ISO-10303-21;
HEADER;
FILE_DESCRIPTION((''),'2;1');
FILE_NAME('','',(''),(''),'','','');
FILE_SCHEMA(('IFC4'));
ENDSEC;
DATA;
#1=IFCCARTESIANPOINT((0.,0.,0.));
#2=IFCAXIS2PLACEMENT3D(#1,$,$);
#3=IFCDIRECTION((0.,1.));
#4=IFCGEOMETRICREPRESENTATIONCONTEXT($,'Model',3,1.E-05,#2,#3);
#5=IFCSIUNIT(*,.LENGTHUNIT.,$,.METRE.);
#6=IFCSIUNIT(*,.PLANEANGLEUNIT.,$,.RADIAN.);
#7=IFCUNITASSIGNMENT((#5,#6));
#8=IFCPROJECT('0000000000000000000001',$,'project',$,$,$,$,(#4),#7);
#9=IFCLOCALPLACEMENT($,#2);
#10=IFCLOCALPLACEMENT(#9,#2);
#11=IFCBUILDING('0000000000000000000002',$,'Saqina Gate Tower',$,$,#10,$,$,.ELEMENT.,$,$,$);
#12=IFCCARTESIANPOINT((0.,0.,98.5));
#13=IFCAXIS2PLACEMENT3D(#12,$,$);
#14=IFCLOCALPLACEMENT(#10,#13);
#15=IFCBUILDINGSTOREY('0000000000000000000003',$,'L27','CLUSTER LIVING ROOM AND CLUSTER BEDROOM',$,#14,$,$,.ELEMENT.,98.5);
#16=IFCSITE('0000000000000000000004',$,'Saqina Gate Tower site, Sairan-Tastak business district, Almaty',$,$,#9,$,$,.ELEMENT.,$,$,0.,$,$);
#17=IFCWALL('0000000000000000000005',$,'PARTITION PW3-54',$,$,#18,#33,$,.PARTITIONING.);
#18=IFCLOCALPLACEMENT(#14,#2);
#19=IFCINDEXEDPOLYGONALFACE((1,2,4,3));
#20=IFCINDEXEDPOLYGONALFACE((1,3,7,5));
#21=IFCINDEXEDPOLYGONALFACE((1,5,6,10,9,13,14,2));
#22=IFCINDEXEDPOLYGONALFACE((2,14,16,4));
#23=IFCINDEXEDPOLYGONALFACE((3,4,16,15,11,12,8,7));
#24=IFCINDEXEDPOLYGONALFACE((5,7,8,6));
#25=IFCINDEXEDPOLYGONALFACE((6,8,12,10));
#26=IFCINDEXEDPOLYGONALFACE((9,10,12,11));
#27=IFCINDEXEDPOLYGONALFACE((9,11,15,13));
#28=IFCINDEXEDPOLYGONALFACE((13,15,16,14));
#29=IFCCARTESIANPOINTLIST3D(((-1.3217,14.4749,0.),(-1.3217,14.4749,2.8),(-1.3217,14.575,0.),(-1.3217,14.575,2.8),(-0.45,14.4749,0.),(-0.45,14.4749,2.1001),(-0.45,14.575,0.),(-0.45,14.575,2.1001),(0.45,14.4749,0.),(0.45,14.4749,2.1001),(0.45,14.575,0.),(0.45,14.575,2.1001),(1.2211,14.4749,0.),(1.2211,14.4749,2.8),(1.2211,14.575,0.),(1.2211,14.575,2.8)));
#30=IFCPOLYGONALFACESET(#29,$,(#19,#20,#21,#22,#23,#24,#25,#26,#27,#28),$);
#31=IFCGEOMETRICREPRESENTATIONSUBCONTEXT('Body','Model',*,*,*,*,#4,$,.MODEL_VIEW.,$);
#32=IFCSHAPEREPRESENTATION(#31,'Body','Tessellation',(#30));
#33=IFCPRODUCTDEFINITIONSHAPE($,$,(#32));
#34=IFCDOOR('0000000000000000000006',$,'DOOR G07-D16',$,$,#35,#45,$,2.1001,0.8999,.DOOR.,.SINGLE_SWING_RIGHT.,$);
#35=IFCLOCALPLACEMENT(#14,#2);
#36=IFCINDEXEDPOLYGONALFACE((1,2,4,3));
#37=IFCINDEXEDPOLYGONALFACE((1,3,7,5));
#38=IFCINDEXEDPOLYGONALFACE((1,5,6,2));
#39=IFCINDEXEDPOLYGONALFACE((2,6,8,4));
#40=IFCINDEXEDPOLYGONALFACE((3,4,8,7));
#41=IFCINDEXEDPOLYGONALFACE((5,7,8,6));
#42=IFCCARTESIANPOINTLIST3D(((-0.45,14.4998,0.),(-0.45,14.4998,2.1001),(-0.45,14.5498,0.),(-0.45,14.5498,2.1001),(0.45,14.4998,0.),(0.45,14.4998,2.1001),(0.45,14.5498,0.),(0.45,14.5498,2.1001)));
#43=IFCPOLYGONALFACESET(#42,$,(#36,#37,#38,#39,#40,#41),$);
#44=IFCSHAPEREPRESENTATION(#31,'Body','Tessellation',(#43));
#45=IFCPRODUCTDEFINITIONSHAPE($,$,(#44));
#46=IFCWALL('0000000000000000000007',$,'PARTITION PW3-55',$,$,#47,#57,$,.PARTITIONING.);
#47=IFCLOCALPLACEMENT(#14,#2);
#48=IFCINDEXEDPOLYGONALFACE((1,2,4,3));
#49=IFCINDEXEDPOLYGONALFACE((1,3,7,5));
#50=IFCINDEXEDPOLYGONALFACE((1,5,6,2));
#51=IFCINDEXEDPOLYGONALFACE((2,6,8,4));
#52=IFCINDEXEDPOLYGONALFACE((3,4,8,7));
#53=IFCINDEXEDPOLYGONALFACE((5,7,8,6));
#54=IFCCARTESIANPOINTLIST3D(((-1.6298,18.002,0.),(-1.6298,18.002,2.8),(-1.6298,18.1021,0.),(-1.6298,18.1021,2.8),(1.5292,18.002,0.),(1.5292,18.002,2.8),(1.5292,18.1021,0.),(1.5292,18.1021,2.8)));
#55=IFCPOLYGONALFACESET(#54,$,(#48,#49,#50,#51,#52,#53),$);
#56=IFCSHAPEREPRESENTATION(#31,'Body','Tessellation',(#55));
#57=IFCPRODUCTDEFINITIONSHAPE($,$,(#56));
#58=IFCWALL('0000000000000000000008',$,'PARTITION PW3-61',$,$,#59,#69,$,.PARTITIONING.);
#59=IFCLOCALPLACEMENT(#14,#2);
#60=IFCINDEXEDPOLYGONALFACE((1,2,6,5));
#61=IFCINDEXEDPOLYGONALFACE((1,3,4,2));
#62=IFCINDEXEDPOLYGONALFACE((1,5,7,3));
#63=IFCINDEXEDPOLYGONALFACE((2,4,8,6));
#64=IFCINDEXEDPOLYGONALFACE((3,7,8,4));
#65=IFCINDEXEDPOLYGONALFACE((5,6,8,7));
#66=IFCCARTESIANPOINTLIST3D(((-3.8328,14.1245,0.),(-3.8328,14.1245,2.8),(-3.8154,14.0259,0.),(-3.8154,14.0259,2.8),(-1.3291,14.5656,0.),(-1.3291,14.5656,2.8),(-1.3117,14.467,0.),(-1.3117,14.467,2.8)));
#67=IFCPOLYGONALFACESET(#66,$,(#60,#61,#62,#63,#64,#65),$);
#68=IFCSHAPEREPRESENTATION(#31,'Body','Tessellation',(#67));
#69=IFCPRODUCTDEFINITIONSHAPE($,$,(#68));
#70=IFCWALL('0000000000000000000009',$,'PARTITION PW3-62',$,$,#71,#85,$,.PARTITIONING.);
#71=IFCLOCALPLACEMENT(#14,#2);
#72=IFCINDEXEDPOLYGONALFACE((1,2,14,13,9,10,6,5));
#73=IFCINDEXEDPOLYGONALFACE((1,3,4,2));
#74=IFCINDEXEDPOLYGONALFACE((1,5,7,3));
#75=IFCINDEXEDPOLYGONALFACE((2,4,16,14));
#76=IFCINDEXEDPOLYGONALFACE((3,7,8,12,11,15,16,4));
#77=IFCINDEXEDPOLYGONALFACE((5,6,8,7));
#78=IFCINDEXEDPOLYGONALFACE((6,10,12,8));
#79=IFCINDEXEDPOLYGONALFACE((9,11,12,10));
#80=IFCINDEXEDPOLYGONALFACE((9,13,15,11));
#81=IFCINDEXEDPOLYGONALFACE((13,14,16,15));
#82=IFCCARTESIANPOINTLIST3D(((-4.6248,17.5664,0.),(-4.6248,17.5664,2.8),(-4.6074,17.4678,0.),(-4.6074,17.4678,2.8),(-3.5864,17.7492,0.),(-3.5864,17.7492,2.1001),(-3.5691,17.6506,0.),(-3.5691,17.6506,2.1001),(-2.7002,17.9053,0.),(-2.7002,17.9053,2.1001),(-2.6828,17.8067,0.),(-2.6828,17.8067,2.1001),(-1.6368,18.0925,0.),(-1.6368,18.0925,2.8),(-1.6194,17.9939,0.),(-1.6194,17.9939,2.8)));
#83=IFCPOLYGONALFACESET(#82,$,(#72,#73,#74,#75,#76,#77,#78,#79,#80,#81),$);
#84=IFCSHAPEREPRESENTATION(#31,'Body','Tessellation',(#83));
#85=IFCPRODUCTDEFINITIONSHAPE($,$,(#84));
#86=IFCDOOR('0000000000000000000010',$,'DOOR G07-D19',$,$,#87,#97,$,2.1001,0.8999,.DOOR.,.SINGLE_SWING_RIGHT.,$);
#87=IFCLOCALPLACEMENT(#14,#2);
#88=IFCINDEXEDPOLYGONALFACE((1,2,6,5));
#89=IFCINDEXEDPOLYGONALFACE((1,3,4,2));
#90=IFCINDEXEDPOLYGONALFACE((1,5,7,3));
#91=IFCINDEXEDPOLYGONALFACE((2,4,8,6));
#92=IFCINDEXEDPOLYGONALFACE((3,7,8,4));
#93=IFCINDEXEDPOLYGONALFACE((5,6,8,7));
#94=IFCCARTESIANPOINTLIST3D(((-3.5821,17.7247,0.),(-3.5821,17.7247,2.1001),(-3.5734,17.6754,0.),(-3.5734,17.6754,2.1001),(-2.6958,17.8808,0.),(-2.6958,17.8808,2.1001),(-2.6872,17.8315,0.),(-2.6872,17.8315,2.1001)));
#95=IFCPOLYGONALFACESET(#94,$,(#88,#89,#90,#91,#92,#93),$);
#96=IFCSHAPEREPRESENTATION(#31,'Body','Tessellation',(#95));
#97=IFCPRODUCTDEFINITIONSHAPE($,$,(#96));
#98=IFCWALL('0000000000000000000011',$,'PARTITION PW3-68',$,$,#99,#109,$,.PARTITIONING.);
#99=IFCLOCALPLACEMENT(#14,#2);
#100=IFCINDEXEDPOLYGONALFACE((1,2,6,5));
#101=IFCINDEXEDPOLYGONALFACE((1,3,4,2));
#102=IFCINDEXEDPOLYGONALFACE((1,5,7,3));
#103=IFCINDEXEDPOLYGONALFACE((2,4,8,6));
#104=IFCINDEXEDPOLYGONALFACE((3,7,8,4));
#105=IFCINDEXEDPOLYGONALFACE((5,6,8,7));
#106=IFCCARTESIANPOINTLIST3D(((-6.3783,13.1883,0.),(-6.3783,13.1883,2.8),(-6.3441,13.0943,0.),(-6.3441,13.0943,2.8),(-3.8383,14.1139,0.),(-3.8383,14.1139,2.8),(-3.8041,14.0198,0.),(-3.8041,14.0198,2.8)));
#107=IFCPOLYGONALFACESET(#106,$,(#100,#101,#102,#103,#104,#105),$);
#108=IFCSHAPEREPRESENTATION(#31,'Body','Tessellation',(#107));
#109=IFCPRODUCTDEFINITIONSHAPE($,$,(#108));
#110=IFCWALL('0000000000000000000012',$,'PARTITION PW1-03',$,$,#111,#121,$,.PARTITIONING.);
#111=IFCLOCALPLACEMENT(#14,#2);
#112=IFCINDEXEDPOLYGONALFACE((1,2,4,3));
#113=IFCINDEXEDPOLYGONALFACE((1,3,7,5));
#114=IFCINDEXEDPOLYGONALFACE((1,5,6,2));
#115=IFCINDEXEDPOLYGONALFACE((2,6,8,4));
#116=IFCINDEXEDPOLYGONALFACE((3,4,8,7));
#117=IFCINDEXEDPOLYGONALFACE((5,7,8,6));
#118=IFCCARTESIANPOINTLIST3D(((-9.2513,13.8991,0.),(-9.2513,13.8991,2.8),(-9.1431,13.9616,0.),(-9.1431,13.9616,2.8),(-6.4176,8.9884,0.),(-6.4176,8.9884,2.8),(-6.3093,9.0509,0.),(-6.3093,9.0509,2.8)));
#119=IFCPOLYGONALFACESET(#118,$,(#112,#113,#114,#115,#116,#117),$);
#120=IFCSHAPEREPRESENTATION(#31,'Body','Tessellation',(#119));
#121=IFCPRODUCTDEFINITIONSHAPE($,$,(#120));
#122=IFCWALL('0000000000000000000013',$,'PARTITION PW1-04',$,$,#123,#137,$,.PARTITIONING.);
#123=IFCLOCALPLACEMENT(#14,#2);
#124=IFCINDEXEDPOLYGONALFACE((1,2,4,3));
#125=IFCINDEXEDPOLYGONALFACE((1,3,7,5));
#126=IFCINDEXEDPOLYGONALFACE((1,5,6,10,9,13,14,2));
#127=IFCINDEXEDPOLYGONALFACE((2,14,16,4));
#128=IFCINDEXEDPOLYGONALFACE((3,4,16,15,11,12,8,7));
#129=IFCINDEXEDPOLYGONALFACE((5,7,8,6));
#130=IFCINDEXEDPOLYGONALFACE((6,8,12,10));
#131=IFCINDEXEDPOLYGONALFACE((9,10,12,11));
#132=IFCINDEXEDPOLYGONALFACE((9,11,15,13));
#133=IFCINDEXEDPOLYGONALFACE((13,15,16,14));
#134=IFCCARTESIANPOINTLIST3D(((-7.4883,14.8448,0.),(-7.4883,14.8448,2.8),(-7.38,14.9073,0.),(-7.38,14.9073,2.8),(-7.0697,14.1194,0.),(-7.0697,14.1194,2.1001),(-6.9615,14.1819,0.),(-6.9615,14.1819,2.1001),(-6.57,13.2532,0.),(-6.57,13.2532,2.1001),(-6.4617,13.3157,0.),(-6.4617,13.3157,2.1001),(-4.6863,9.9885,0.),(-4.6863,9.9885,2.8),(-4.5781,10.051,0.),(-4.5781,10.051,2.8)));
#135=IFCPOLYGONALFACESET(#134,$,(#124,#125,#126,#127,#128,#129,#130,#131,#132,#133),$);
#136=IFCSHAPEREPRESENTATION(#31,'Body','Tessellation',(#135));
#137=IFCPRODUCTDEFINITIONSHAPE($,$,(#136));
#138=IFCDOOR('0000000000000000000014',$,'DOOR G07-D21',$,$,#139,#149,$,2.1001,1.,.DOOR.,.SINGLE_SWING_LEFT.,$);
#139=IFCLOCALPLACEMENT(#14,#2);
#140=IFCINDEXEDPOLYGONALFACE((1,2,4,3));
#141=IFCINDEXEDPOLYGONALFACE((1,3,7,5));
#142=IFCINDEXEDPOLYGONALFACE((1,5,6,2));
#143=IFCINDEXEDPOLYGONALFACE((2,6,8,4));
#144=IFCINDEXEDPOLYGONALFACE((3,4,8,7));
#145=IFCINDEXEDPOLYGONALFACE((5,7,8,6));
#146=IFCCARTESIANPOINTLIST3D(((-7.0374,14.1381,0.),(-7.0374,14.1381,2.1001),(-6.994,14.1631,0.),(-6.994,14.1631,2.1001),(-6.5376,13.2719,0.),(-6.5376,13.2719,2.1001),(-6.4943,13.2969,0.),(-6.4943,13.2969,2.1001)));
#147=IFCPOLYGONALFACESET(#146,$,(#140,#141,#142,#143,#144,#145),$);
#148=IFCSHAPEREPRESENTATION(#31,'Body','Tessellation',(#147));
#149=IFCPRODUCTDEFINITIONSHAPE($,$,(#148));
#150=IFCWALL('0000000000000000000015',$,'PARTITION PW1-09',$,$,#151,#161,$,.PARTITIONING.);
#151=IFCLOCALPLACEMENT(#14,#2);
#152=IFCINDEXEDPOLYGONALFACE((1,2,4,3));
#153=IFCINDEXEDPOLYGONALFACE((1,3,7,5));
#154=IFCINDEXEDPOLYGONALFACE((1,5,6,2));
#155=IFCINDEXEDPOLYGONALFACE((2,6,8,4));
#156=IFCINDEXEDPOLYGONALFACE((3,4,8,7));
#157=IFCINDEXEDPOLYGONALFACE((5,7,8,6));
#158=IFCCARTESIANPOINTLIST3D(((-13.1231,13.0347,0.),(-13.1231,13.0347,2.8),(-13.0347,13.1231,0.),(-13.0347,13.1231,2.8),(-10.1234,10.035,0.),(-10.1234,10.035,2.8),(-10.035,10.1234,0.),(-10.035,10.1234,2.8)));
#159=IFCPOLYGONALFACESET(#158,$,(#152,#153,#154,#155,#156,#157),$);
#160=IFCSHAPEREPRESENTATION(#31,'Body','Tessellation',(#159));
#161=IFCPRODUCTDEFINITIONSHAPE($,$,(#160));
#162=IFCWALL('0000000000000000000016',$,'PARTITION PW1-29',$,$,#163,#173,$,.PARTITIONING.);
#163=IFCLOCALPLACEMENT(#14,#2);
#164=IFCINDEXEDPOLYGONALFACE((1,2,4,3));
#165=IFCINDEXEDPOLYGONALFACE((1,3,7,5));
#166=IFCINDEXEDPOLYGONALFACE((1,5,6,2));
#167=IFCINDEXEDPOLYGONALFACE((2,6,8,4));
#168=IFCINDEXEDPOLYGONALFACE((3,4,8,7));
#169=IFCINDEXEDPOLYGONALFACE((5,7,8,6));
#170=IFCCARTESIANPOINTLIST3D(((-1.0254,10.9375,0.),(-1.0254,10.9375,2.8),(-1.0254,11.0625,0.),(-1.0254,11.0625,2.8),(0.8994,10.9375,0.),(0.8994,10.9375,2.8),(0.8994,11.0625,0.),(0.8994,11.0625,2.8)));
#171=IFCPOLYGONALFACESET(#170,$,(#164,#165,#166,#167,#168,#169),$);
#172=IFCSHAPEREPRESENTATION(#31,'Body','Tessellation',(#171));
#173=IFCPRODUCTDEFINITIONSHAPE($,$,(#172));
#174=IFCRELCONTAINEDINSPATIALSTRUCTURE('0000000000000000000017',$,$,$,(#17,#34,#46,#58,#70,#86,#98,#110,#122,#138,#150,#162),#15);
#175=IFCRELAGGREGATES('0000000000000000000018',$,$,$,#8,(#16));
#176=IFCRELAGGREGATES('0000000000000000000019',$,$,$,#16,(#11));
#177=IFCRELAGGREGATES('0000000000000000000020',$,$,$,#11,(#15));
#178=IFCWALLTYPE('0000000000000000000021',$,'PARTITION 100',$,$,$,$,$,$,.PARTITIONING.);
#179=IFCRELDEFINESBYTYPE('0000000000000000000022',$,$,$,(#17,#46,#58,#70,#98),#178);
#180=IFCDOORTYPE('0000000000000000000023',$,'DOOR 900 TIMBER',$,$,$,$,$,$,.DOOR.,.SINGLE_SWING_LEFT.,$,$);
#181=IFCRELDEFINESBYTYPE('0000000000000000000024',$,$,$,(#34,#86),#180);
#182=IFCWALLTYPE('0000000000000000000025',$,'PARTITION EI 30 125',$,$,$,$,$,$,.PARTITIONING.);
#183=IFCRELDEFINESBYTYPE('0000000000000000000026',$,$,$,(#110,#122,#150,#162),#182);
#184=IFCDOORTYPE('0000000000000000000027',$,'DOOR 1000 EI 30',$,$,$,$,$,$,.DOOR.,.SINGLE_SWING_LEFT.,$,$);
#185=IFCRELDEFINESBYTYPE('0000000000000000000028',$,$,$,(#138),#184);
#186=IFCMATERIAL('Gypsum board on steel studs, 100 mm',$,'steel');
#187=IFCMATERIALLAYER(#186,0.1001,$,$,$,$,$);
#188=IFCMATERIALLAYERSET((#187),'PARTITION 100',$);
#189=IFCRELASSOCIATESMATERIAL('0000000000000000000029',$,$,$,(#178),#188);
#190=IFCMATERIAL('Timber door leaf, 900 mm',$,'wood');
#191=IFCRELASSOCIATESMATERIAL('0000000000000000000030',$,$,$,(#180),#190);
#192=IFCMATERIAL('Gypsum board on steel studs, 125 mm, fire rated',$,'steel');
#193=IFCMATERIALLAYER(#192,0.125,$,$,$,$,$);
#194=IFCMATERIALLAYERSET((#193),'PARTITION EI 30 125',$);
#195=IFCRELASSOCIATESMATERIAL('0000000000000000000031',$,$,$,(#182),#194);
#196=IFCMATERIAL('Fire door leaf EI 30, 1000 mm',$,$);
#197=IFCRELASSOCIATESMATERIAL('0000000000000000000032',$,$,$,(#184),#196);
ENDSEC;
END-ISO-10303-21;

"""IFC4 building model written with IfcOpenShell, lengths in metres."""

from ifc_helpers import new_model, si_unit, direction, frame, frame_2d, origin, place, context, subcontext, project, spatial, rectangle, extrude, material, layer, layer_set, type_object, element, fill, save


model = new_model("IFC4")

# Units and contexts
model_context = context("Model", 3, precision=1e-05, world=origin(), true_north=direction((0.0, 1.0)))
body_context = subcontext(model_context, "Body", "Model", "MODEL_VIEW")
ifc_project = project(units=[si_unit("LENGTHUNIT", "METRE"), si_unit("PLANEANGLEUNIT", "RADIAN")], contexts=[model_context])

# Site, building, storey
site_placement = place(None, origin())
site = spatial("IfcSite", under=ifc_project, at=site_placement, Name="Saqina Gate Tower site, Sairan-Tastak business district, Almaty", CompositionType="ELEMENT", RefElevation=0.0)
building_placement = place(site_placement, origin())
building = spatial("IfcBuilding", under=site, at=building_placement, Name="Saqina Gate Tower", CompositionType="ELEMENT")
storey_placement = place(building_placement, frame((0.0, 0.0, 98.5)))
storey = spatial("IfcBuildingStorey", under=building, at=storey_placement, Name="L27", Description="CLUSTER LIVING ROOM AND CLUSTER BEDROOM", CompositionType="ELEMENT", Elevation=98.5)

# Wall, opening, door
ifc_material_1 = material(Name="Gypsum board on steel studs, 100 mm", Category="steel")
ifc_layer_1 = layer(ifc_material_1, 0.1001)
ifc_layer_set_1 = layer_set([ifc_layer_1], Name="PARTITION 100")
wall_type_1 = type_object("IfcWallType", Name="PARTITION 100", PredefinedType="PARTITIONING", material=ifc_layer_set_1)
wall_1_placement = place(storey_placement, frame((-1.3218, 14.5249, 0.0), z_axis=(0.0, 0.0, 1.0), x_axis=(1.0, 0.0, 0.0)))
wall_1 = element("IfcWall", 1, at=wall_1_placement, inside=storey, type_object=wall_type_1, Name="PARTITION PW3-54", PredefinedType="PARTITIONING", context=body_context, shape_type="SweptSolid", body=[
    extrude(rectangle(XDim=2.5427, YDim=0.1001, at=frame_2d((1.2715, 0.0))), origin(), (0.0, 0.0, 1.0), 2.8),
])
opening_1_placement = place(wall_1_placement, frame((0.8718, 0.0, 0.0)))
opening_1 = element("IfcOpeningElement", 2, at=opening_1_placement, cuts=wall_1, PredefinedType="OPENING", context=body_context, shape_type="SweptSolid", body=[
    extrude(rectangle(XDim=0.8999, YDim=2.1001, at=frame_2d((0.45, 1.05))), frame((0.0, 0.062, 0.0), z_axis=(0.0, -1.0, 0.0), x_axis=(1.0, 0.0, 0.0)), (0.0, 0.0, 1.0), 0.124),
])
ifc_material_2 = material(Name="Timber door leaf, 900 mm", Category="wood")
door_type_1 = type_object("IfcDoorType", Name="DOOR 900 TIMBER", OperationType="SINGLE_SWING_LEFT", PredefinedType="DOOR", material=ifc_material_2)
door_1_placement = place(opening_1_placement, origin())
door_1 = element("IfcDoor", 3, at=door_1_placement, inside=storey, type_object=door_type_1, Name="DOOR G07-D16", OperationType="SINGLE_SWING_RIGHT", OverallHeight=2.1001, OverallWidth=0.8999, PredefinedType="DOOR", context=body_context, shape_type="SweptSolid", body=[
    extrude(rectangle(XDim=0.8999, YDim=2.1001, at=frame_2d((0.45, 1.05))), frame((0.0, 0.0249, 0.0), z_axis=(0.0, -1.0, 0.0), x_axis=(1.0, 0.0, 0.0)), (0.0, 0.0, 1.0), 0.05),
])
fill(opening_1, door_1)

# Walls
wall_2_placement = place(storey_placement, frame((-1.6299, 18.052, 0.0), z_axis=(0.0, 0.0, 1.0), x_axis=(1.0, 0.0, 0.0)))
element("IfcWall", 4, at=wall_2_placement, inside=storey, type_object=wall_type_1, Name="PARTITION PW3-55", PredefinedType="PARTITIONING", context=body_context, shape_type="SweptSolid", body=[
    extrude(rectangle(XDim=3.1589, YDim=0.1001, at=frame_2d((1.5796, 0.0))), origin(), (0.0, 0.0, 1.0), 2.8),
])
wall_3_placement = place(storey_placement, frame((-3.824, 14.0752, 0.0), z_axis=(0.0, 0.0, 1.0), x_axis=(0.984828, 0.173533, 0.0)))
element("IfcWall", 5, at=wall_3_placement, inside=storey, type_object=wall_type_1, Name="PARTITION PW3-61", PredefinedType="PARTITIONING", context=body_context, shape_type="SweptSolid", body=[
    extrude(rectangle(XDim=2.5422, YDim=0.1001, at=frame_2d((1.271, 0.0))), origin(), (0.0, 0.0, 1.0), 2.8),
])

# Wall, opening, door
wall_4_placement = place(storey_placement, frame((-4.6162, 17.5171, 0.0), z_axis=(0.0, 0.0, 1.0), x_axis=(0.98485, 0.173409, 0.0)))
wall_4 = element("IfcWall", 6, at=wall_4_placement, inside=storey, type_object=wall_type_1, Name="PARTITION PW3-62", PredefinedType="PARTITIONING", context=body_context, shape_type="SweptSolid", body=[
    extrude(rectangle(XDim=3.0339, YDim=0.1001, at=frame_2d((1.5171, 0.0))), origin(), (0.0, 0.0, 1.0), 2.8),
])
opening_2_placement = place(wall_4_placement, frame((1.0544, 0.0, 0.0)))
opening_2 = element("IfcOpeningElement", 7, at=opening_2_placement, cuts=wall_4, PredefinedType="OPENING", context=body_context, shape_type="SweptSolid", body=[
    extrude(rectangle(XDim=0.8999, YDim=2.1001, at=frame_2d((0.45, 1.05))), frame((0.0, 0.062, 0.0), z_axis=(0.0, -1.0, 0.0), x_axis=(1.0, 0.0, 0.0)), (0.0, 0.0, 1.0), 0.124),
])
door_2_placement = place(opening_2_placement, frame((0.8999, 0.0, 0.0), z_axis=(0.0, 0.0, 1.0), x_axis=(-1.0, 0.0, 0.0)))
door_2 = element("IfcDoor", 8, at=door_2_placement, inside=storey, type_object=door_type_1, Name="DOOR G07-D19", OperationType="SINGLE_SWING_RIGHT", OverallHeight=2.1001, OverallWidth=0.8999, PredefinedType="DOOR", context=body_context, shape_type="SweptSolid", body=[
    extrude(rectangle(XDim=0.8999, YDim=2.1001, at=frame_2d((0.45, 1.05))), frame((0.0, 0.0249, 0.0), z_axis=(0.0, -1.0, 0.0), x_axis=(1.0, 0.0, 0.0)), (0.0, 0.0, 1.0), 0.05),
])
fill(opening_2, door_2)

# Walls
wall_5_placement = place(storey_placement, frame((-6.3611, 13.1414, 0.0), z_axis=(0.0, 0.0, 1.0), x_axis=(0.939569, 0.342359, 0.0)))
element("IfcWall", 9, at=wall_5_placement, inside=storey, type_object=wall_type_1, Name="PARTITION PW3-68", PredefinedType="PARTITIONING", context=body_context, shape_type="SweptSolid", body=[
    extrude(rectangle(XDim=2.7034, YDim=0.1001, at=frame_2d((1.3516, 0.0))), origin(), (0.0, 0.0, 1.0), 2.8),
])
ifc_material_3 = material(Name="Gypsum board on steel studs, 125 mm, fire rated", Category="steel")
ifc_layer_2 = layer(ifc_material_3, 0.125)
ifc_layer_set_2 = layer_set([ifc_layer_2], Name="PARTITION EI 30 125")
wall_type_2 = type_object("IfcWallType", Name="PARTITION EI 30 125", PredefinedType="PARTITIONING", material=ifc_layer_set_2)
wall_6_placement = place(storey_placement, frame((-9.1973, 13.9304, 0.0), z_axis=(0.0, 0.0, 1.0), x_axis=(0.499812, -0.866134, 0.0)))
element("IfcWall", 10, at=wall_6_placement, inside=storey, type_object=wall_type_2, Name="PARTITION PW1-03", PredefinedType="PARTITIONING", context=body_context, shape_type="SweptSolid", body=[
    extrude(rectangle(XDim=5.6697, YDim=0.125, at=frame_2d((2.835, 0.0))), origin(), (0.0, 0.0, 1.0), 2.8),
])

# Wall, opening, door
wall_7_placement = place(storey_placement, frame((-7.4341, 14.876, 0.0), z_axis=(0.0, 0.0, 1.0), x_axis=(0.49975, -0.86617, 0.0)))
wall_7 = element("IfcWall", 11, at=wall_7_placement, inside=storey, type_object=wall_type_2, Name="PARTITION PW1-04", PredefinedType="PARTITIONING", context=body_context, shape_type="SweptSolid", body=[
    extrude(rectangle(XDim=5.6067, YDim=0.125, at=frame_2d((2.8032, 0.0))), origin(), (0.0, 0.0, 1.0), 2.8),
])
opening_3_placement = place(wall_7_placement, frame((0.8374, 0.0, 0.0)))
opening_3 = element("IfcOpeningElement", 12, at=opening_3_placement, cuts=wall_7, PredefinedType="OPENING", context=body_context, shape_type="SweptSolid", body=[
    extrude(rectangle(XDim=1.0, YDim=2.1001, at=frame_2d((0.5, 1.05))), frame((0.0, 0.0745, 0.0), z_axis=(0.0, -1.0, 0.0), x_axis=(1.0, 0.0, 0.0)), (0.0, 0.0, 1.0), 0.1489),
])
ifc_material_4 = material(Name="Fire door leaf EI 30, 1000 mm")
door_type_2 = type_object("IfcDoorType", Name="DOOR 1000 EI 30", OperationType="SINGLE_SWING_LEFT", PredefinedType="DOOR", material=ifc_material_4)
door_3_placement = place(opening_3_placement, origin())
door_3 = element("IfcDoor", 13, at=door_3_placement, inside=storey, type_object=door_type_2, Name="DOOR G07-D21", OperationType="SINGLE_SWING_LEFT", OverallHeight=2.1001, OverallWidth=1.0, PredefinedType="DOOR", context=body_context, shape_type="SweptSolid", body=[
    extrude(rectangle(XDim=1.0, YDim=2.1001, at=frame_2d((0.5, 1.05))), frame((0.0, 0.0249, 0.0), z_axis=(0.0, -1.0, 0.0), x_axis=(1.0, 0.0, 0.0)), (0.0, 0.0, 1.0), 0.05),
])
fill(opening_3, door_3)

# Walls
wall_8_placement = place(storey_placement, frame((-13.0789, 13.0789, 0.0), z_axis=(0.0, 0.0, 1.0), x_axis=(0.707107, -0.707107, 0.0)))
element("IfcWall", 14, at=wall_8_placement, inside=storey, type_object=wall_type_2, Name="PARTITION PW1-09", PredefinedType="PARTITIONING", context=body_context, shape_type="SweptSolid", body=[
    extrude(rectangle(XDim=4.2422, YDim=0.125, at=frame_2d((2.1211, 0.0))), origin(), (0.0, 0.0, 1.0), 2.8),
])
wall_9_placement = place(storey_placement, frame((-1.0254, 11.0, 0.0), z_axis=(0.0, 0.0, 1.0), x_axis=(1.0, 0.0, 0.0)))
element("IfcWall", 15, at=wall_9_placement, inside=storey, type_object=wall_type_2, Name="PARTITION PW1-29", PredefinedType="PARTITIONING", context=body_context, shape_type="SweptSolid", body=[
    extrude(rectangle(XDim=1.9248, YDim=0.125, at=frame_2d((0.9624, 0.0))), origin(), (0.0, 0.0, 1.0), 2.8),
])

save(model, "model.ifc")
